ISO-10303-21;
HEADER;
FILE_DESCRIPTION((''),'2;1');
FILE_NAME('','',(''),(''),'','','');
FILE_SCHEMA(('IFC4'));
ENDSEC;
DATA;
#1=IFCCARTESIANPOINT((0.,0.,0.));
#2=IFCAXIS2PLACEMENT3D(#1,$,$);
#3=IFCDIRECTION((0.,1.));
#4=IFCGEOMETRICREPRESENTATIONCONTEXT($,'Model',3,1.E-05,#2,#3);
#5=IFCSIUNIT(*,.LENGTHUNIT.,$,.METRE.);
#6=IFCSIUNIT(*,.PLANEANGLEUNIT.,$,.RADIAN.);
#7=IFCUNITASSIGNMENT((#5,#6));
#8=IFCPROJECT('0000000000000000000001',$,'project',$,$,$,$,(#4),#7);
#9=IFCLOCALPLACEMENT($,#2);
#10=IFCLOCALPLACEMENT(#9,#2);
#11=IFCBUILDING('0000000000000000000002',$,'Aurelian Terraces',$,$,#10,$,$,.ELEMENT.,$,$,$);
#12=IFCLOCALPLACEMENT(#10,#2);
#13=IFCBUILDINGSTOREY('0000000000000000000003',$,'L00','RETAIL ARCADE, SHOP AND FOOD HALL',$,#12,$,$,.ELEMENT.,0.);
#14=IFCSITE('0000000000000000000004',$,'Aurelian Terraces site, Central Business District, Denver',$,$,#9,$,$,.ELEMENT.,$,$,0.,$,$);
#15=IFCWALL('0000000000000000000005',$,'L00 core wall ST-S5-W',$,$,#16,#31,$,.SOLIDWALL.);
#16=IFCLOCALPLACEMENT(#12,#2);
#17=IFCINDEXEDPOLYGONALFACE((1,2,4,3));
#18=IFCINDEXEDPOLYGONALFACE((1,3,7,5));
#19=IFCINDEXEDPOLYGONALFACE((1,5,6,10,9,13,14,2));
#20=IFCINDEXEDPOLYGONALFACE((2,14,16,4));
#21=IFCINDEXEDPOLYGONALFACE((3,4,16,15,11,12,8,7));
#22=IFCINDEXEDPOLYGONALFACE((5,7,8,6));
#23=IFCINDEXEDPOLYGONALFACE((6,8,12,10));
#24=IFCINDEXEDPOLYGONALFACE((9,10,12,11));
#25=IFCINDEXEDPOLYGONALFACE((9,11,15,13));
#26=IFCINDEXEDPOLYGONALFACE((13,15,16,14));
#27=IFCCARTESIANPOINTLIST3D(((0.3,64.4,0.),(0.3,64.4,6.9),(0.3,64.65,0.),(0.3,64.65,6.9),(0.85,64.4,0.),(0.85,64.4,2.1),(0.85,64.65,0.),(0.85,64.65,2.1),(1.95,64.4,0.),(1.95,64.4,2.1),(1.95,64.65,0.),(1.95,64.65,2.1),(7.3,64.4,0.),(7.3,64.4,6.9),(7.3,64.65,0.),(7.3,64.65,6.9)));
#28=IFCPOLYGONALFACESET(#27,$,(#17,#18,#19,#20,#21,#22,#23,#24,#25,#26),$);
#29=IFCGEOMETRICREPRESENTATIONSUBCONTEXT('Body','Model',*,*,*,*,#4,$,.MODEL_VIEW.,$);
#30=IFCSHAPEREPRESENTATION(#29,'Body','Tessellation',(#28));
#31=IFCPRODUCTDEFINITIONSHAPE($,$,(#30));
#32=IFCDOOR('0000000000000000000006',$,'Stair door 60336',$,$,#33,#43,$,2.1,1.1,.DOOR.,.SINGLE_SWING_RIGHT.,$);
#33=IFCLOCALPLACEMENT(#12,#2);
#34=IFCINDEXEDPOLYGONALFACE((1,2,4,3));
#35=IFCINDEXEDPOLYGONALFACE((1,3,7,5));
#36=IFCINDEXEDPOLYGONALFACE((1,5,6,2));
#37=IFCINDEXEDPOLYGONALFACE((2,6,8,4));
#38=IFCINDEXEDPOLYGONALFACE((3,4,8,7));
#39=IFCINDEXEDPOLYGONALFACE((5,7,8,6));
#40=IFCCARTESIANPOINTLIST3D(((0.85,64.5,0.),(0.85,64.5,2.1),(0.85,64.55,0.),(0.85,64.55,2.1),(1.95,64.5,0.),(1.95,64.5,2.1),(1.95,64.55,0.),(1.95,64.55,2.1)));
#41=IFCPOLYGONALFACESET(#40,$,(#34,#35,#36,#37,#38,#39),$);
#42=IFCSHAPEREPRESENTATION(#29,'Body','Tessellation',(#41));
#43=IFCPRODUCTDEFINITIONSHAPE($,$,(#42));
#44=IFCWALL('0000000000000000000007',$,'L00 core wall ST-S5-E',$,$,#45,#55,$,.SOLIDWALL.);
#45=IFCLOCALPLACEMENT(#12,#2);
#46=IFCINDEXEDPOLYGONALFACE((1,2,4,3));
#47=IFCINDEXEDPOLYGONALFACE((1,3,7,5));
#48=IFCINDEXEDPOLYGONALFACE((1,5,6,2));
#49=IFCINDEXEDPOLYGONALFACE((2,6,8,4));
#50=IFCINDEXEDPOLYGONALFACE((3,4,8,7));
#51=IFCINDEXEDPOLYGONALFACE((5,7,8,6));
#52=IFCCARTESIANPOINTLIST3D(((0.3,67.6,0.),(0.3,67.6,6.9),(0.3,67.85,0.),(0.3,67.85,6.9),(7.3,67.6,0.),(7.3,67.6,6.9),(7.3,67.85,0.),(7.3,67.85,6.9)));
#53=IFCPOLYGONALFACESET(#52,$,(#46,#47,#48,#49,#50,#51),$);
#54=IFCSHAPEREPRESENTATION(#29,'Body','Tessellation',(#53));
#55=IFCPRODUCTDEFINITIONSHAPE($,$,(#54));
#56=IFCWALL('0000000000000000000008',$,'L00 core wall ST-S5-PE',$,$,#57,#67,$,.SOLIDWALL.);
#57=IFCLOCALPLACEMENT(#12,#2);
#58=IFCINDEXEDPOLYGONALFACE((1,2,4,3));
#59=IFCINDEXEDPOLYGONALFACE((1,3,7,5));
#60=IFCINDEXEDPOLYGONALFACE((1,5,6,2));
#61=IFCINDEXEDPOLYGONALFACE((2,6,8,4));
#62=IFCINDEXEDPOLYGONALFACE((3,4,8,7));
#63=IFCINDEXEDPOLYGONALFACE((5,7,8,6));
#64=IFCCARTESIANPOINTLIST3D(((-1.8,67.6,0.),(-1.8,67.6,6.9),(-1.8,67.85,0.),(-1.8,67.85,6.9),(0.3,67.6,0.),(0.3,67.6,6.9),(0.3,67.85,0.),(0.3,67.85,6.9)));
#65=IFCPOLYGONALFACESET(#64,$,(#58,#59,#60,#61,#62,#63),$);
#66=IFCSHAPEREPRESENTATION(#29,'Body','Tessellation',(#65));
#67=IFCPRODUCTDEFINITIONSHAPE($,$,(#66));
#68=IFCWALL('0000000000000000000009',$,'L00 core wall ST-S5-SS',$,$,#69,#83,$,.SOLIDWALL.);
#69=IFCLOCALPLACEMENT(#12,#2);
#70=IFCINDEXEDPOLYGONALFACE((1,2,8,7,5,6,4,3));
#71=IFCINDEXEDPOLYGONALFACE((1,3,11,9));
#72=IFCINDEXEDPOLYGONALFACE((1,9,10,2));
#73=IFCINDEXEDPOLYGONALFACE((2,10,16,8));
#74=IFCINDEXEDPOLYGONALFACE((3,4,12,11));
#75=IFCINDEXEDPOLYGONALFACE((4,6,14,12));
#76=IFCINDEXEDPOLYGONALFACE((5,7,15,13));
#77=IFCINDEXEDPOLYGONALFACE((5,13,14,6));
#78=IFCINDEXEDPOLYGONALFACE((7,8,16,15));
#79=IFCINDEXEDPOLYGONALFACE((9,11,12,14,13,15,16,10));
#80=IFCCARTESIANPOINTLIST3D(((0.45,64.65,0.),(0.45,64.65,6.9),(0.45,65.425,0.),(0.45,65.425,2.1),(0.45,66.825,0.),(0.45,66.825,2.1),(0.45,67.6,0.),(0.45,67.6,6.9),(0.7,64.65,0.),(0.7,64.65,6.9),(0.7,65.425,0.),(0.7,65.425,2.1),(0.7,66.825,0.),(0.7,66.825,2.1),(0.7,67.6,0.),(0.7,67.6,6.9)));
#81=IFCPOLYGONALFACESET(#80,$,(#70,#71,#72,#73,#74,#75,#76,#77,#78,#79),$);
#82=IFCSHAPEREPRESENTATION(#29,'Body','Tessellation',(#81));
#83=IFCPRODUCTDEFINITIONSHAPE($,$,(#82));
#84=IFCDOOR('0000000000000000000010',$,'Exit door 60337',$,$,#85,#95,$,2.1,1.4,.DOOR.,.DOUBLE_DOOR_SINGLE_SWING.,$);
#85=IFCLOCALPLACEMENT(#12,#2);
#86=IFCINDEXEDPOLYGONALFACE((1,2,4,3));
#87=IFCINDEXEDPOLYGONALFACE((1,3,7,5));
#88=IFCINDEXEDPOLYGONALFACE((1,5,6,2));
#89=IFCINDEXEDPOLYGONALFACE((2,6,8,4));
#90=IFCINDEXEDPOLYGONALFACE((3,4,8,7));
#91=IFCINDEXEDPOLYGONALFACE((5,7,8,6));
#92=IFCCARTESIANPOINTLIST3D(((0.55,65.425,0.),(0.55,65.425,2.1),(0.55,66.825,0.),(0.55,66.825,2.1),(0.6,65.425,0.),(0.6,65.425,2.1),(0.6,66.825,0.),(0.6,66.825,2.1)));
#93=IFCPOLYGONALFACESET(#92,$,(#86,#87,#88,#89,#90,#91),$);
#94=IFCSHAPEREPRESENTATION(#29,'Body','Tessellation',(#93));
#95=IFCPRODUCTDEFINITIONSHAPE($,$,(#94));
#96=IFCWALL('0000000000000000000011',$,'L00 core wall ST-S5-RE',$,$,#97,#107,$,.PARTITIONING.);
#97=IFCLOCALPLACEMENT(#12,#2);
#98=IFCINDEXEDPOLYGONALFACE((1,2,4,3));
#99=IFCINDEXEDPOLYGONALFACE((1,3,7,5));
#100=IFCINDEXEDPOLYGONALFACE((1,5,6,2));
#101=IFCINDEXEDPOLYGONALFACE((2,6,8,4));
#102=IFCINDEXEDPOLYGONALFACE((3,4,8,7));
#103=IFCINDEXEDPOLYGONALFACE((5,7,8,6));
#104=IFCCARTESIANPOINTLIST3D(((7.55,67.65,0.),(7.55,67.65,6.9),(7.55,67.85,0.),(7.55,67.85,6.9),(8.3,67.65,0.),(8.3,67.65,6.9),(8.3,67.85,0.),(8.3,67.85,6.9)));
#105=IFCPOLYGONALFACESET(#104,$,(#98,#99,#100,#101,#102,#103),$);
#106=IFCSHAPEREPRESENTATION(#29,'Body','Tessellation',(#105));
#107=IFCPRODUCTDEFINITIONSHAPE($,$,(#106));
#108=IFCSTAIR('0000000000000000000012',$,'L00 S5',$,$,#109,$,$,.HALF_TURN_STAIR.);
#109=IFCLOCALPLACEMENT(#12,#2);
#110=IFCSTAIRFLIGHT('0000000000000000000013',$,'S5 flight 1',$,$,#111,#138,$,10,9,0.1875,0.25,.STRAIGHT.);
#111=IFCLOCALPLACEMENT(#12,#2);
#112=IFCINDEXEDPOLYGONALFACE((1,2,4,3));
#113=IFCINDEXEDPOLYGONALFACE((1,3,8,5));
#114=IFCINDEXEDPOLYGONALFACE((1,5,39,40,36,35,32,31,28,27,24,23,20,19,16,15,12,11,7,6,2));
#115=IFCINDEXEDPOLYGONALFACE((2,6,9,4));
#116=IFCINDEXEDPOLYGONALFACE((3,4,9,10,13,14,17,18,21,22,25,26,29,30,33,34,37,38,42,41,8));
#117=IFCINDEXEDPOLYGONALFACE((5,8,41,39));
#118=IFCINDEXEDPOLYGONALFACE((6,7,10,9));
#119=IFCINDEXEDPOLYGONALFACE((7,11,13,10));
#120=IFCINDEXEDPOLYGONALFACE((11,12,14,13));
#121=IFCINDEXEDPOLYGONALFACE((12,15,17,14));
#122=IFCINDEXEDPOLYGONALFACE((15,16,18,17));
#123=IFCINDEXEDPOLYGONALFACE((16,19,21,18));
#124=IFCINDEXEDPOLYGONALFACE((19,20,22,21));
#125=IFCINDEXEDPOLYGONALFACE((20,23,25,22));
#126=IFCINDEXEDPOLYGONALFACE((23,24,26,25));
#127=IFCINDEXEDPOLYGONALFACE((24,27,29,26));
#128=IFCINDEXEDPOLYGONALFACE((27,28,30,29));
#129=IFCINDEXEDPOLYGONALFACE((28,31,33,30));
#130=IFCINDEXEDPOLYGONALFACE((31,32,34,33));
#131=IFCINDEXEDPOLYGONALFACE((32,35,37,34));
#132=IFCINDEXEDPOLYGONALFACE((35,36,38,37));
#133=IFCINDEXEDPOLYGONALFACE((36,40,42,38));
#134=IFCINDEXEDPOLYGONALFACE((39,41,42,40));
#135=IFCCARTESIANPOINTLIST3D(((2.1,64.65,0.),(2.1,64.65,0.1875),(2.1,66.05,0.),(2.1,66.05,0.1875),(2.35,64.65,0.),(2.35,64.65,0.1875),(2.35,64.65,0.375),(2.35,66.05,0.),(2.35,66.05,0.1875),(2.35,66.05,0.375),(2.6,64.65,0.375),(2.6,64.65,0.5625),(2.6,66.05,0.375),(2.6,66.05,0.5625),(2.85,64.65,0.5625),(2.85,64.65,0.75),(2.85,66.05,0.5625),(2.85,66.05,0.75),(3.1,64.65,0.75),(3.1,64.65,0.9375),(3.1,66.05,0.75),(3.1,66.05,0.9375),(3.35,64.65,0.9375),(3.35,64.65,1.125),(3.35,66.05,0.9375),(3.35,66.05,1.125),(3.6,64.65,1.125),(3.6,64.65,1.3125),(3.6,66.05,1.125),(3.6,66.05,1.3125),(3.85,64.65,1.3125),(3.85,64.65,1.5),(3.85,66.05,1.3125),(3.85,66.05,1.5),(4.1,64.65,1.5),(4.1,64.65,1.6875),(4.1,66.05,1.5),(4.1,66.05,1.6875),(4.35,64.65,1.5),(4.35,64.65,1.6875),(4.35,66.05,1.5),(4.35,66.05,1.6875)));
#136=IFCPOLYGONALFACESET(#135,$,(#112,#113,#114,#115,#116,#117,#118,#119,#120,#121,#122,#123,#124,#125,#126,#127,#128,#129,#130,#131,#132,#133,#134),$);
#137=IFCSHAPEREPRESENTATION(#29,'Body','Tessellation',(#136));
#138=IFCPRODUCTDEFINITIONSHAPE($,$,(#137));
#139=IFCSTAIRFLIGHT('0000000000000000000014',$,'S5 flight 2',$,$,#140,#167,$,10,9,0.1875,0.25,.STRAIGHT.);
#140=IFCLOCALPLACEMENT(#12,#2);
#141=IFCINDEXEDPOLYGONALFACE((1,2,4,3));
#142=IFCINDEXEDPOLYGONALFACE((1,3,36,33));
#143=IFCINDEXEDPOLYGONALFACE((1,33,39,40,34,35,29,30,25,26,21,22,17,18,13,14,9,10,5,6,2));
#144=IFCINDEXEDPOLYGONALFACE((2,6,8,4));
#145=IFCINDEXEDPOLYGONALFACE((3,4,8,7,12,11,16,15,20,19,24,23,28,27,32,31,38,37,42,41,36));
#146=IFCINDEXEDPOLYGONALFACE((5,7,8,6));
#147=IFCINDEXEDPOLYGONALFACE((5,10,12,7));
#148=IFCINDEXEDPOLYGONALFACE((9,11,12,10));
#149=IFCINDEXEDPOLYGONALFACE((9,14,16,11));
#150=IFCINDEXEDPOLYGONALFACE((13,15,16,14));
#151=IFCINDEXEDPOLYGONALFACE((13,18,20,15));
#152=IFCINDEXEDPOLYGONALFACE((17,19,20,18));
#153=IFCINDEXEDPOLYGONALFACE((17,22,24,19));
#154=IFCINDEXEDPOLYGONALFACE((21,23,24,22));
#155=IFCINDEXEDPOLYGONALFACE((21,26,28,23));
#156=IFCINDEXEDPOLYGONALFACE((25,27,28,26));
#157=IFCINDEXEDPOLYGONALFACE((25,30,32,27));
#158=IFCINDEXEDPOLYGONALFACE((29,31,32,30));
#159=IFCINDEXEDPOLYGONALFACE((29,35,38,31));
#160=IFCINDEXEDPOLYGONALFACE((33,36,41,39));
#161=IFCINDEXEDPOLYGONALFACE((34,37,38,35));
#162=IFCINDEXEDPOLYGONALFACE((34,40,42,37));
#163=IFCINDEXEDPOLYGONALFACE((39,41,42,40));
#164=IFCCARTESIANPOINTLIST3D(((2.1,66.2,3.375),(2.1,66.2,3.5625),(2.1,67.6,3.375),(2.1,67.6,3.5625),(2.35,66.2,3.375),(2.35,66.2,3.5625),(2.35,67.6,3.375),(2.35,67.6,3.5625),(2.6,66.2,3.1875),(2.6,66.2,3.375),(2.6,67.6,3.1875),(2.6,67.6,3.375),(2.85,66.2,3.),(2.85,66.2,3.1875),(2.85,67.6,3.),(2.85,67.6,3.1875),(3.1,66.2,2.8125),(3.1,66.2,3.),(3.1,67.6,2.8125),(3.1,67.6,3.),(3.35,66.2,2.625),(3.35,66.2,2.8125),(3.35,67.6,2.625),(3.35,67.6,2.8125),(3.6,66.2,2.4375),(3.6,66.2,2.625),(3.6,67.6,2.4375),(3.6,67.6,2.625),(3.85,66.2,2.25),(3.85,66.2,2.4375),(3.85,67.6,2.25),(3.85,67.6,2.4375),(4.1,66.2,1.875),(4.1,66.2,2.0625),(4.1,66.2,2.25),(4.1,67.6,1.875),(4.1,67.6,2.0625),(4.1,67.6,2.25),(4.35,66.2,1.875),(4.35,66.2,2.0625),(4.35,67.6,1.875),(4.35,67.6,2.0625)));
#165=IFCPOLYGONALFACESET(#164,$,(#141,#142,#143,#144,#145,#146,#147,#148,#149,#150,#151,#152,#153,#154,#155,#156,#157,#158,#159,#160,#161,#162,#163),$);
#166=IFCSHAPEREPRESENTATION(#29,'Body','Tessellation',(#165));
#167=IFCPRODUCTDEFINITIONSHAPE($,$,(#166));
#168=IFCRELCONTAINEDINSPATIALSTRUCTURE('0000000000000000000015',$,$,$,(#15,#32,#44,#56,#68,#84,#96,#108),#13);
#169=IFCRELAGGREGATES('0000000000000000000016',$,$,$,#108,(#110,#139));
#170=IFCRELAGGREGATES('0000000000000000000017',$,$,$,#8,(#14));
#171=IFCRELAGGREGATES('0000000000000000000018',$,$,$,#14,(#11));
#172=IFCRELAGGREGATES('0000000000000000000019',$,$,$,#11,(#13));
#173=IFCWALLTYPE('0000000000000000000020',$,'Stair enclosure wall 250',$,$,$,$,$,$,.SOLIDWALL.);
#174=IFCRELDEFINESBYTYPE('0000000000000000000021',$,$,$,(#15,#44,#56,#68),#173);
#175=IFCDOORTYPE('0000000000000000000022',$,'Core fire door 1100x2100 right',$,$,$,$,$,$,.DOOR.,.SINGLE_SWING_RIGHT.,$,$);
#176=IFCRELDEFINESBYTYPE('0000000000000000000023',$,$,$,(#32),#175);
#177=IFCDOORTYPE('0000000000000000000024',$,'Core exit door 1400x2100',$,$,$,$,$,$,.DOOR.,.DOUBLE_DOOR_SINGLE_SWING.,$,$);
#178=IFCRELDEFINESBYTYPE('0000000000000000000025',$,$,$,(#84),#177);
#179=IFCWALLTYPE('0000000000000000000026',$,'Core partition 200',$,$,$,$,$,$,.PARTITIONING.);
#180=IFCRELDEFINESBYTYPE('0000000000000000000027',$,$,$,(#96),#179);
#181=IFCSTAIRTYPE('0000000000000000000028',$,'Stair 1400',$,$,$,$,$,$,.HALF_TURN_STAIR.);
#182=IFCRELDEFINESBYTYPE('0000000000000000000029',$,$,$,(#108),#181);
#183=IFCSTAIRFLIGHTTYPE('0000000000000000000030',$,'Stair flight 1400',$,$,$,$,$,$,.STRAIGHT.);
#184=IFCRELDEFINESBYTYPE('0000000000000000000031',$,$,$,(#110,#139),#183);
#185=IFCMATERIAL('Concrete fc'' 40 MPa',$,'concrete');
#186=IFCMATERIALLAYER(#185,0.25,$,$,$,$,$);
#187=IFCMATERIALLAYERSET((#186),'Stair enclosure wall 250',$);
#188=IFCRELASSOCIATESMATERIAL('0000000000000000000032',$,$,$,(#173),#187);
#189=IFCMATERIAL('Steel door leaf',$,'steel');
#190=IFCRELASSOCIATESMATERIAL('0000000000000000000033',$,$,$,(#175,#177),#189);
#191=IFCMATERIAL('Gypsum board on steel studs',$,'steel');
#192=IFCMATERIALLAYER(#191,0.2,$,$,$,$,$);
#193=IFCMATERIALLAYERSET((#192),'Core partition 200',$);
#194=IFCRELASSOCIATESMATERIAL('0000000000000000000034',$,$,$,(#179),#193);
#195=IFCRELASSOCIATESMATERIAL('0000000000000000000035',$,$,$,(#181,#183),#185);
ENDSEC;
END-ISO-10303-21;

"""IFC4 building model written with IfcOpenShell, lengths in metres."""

from ifc_helpers import new_model, si_unit, direction, frame, frame_2d, origin, place, context, subcontext, project, spatial, polyline, rectangle, outline, extrude, source, transform, mapped, material, layer, layer_set, type_object, element, fill, aggregate, save


model = new_model("IFC4")

# Units and contexts
model_context = context("Model", 3, precision=1e-05, world=origin(), true_north=direction((0.0, 1.0)))
body_context = subcontext(model_context, "Body", "Model", "MODEL_VIEW")
ifc_project = project(units=[si_unit("LENGTHUNIT", "METRE"), si_unit("PLANEANGLEUNIT", "RADIAN")], contexts=[model_context])

# Site, building, storey
site_placement = place(None, origin())
site = spatial("IfcSite", under=ifc_project, at=site_placement, Name="Aurelian Terraces site, Central Business District, Denver", CompositionType="ELEMENT", RefElevation=0.0)
building_placement = place(site_placement, origin())
building = spatial("IfcBuilding", under=site, at=building_placement, Name="Aurelian Terraces", CompositionType="ELEMENT")
storey_placement = place(building_placement, origin())
storey = spatial("IfcBuildingStorey", under=building, at=storey_placement, Name="L00", Description="RETAIL ARCADE, SHOP AND FOOD HALL", CompositionType="ELEMENT", Elevation=0.0)

# Wall, opening, door
ifc_material_1 = material(Name="Concrete fc' 40 MPa", Category="concrete")
ifc_layer_1 = layer(ifc_material_1, 0.25)
ifc_layer_set_1 = layer_set([ifc_layer_1], Name="Stair enclosure wall 250")
wall_type_1 = type_object("IfcWallType", Name="Stair enclosure wall 250", PredefinedType="SOLIDWALL", material=ifc_layer_set_1)
shared_shape_1 = source(origin(), body_context, "Body", "SweptSolid", [
    extrude(rectangle(XDim=7.0, YDim=0.25, at=frame_2d((3.5, 0.0))), origin(), (0.0, 0.0, 1.0), 6.9),
])
wall_1_placement = place(storey_placement, frame((0.3, 64.525, 0.0), z_axis=(0.0, 0.0, 1.0), x_axis=(1.0, 0.0, 0.0)))
wall_1 = element("IfcWall", 1, at=wall_1_placement, inside=storey, type_object=wall_type_1, Name="L00 core wall ST-S5-W", PredefinedType="SOLIDWALL", context=body_context, shape_type="MappedRepresentation", body=[
    mapped(shared_shape_1, transform((0.0, 0.0, 0.0), scale=1.0)),
])
shared_shape_2 = source(origin(), body_context, "Body", "SweptSolid", [
    extrude(rectangle(XDim=1.1, YDim=2.1, at=frame_2d((0.55, 1.05))), frame((0.0, 0.135, 0.0), z_axis=(0.0, -1.0, 0.0), x_axis=(1.0, 0.0, 0.0)), (0.0, 0.0, 1.0), 0.27),
])
opening_1_placement = place(wall_1_placement, frame((0.55, 0.0, 0.0)))
opening_1 = element("IfcOpeningElement", 2, at=opening_1_placement, cuts=wall_1, PredefinedType="OPENING", context=body_context, shape_type="MappedRepresentation", body=[
    mapped(shared_shape_2, transform((0.0, 0.0, 0.0), scale=1.0)),
])
ifc_material_2 = material(Name="Steel door leaf", Category="steel")
door_type_1 = type_object("IfcDoorType", Name="Core fire door 1100x2100 right", OperationType="SINGLE_SWING_RIGHT", PredefinedType="DOOR", material=ifc_material_2)
shared_shape_3 = source(origin(), body_context, "Body", "SweptSolid", [
    extrude(rectangle(XDim=1.1, YDim=2.1, at=frame_2d((0.55, 1.05))), frame((0.0, 0.025, 0.0), z_axis=(0.0, -1.0, 0.0), x_axis=(1.0, 0.0, 0.0)), (0.0, 0.0, 1.0), 0.05),
])
door_1_placement = place(opening_1_placement, origin())
door_1 = element("IfcDoor", 3, at=door_1_placement, inside=storey, type_object=door_type_1, Name="Stair door 60336", OperationType="SINGLE_SWING_RIGHT", OverallHeight=2.1, OverallWidth=1.1, PredefinedType="DOOR", context=body_context, shape_type="MappedRepresentation", body=[
    mapped(shared_shape_3, transform((0.0, 0.0, 0.0), scale=1.0)),
])
fill(opening_1, door_1)

# Walls
wall_2_placement = place(storey_placement, frame((0.3, 67.725, 0.0), z_axis=(0.0, 0.0, 1.0), x_axis=(1.0, 0.0, 0.0)))
element("IfcWall", 4, at=wall_2_placement, inside=storey, type_object=wall_type_1, Name="L00 core wall ST-S5-E", PredefinedType="SOLIDWALL", context=body_context, shape_type="MappedRepresentation", body=[
    mapped(shared_shape_1, transform((0.0, 0.0, 0.0), scale=1.0)),
])
shared_shape_4 = source(origin(), body_context, "Body", "SweptSolid", [
    extrude(rectangle(XDim=2.1, YDim=0.25, at=frame_2d((1.05, 0.0))), origin(), (0.0, 0.0, 1.0), 6.9),
])
wall_3_placement = place(storey_placement, frame((-1.8, 67.725, 0.0), z_axis=(0.0, 0.0, 1.0), x_axis=(1.0, 0.0, 0.0)))
element("IfcWall", 5, at=wall_3_placement, inside=storey, type_object=wall_type_1, Name="L00 core wall ST-S5-PE", PredefinedType="SOLIDWALL", context=body_context, shape_type="MappedRepresentation", body=[
    mapped(shared_shape_4, transform((0.0, 0.0, 0.0), scale=1.0)),
])

# Wall, opening, door
shared_shape_5 = source(origin(), body_context, "Body", "SweptSolid", [
    extrude(rectangle(XDim=2.95, YDim=0.25, at=frame_2d((1.475, 0.0))), origin(), (0.0, 0.0, 1.0), 6.9),
])
wall_4_placement = place(storey_placement, frame((0.575, 67.6, 0.0), z_axis=(0.0, 0.0, 1.0), x_axis=(0.0, -1.0, 0.0)))
wall_4 = element("IfcWall", 6, at=wall_4_placement, inside=storey, type_object=wall_type_1, Name="L00 core wall ST-S5-SS", PredefinedType="SOLIDWALL", context=body_context, shape_type="MappedRepresentation", body=[
    mapped(shared_shape_5, transform((0.0, 0.0, 0.0), scale=1.0)),
])
shared_shape_6 = source(origin(), body_context, "Body", "SweptSolid", [
    extrude(rectangle(XDim=1.4, YDim=2.1, at=frame_2d((0.7, 1.05))), frame((0.0, 0.135, 0.0), z_axis=(0.0, -1.0, 0.0), x_axis=(1.0, 0.0, 0.0)), (0.0, 0.0, 1.0), 0.27),
])
opening_2_placement = place(wall_4_placement, frame((0.775, 0.0, 0.0)))
opening_2 = element("IfcOpeningElement", 7, at=opening_2_placement, cuts=wall_4, PredefinedType="OPENING", context=body_context, shape_type="MappedRepresentation", body=[
    mapped(shared_shape_6, transform((0.0, 0.0, 0.0), scale=1.0)),
])
door_type_2 = type_object("IfcDoorType", Name="Core exit door 1400x2100", OperationType="DOUBLE_DOOR_SINGLE_SWING", PredefinedType="DOOR", material=ifc_material_2)
shared_shape_7 = source(origin(), body_context, "Body", "SweptSolid", [
    extrude(rectangle(XDim=1.4, YDim=2.1, at=frame_2d((0.7, 1.05))), frame((0.0, 0.025, 0.0), z_axis=(0.0, -1.0, 0.0), x_axis=(1.0, 0.0, 0.0)), (0.0, 0.0, 1.0), 0.05),
])
door_2_placement = place(opening_2_placement, origin())
door_2 = element("IfcDoor", 8, at=door_2_placement, inside=storey, type_object=door_type_2, Name="Exit door 60337", OperationType="DOUBLE_DOOR_SINGLE_SWING", OverallHeight=2.1, OverallWidth=1.4, PredefinedType="DOOR", context=body_context, shape_type="MappedRepresentation", body=[
    mapped(shared_shape_7, transform((0.0, 0.0, 0.0), scale=1.0)),
])
fill(opening_2, door_2)

# Wall
ifc_material_3 = material(Name="Gypsum board on steel studs", Category="steel")
ifc_layer_2 = layer(ifc_material_3, 0.2)
ifc_layer_set_2 = layer_set([ifc_layer_2], Name="Core partition 200")
wall_type_2 = type_object("IfcWallType", Name="Core partition 200", PredefinedType="PARTITIONING", material=ifc_layer_set_2)
shared_shape_8 = source(origin(), body_context, "Body", "SweptSolid", [
    extrude(rectangle(XDim=0.75, YDim=0.2, at=frame_2d((0.375, 0.0))), origin(), (0.0, 0.0, 1.0), 6.9),
])
wall_5_placement = place(storey_placement, frame((7.55, 67.75, 0.0), z_axis=(0.0, 0.0, 1.0), x_axis=(1.0, 0.0, 0.0)))
element("IfcWall", 9, at=wall_5_placement, inside=storey, type_object=wall_type_2, Name="L00 core wall ST-S5-RE", PredefinedType="PARTITIONING", context=body_context, shape_type="MappedRepresentation", body=[
    mapped(shared_shape_8, transform((0.0, 0.0, 0.0), scale=1.0)),
])

# Stair, stair flights
stair_type = type_object("IfcStairType", Name="Stair 1400", PredefinedType="HALF_TURN_STAIR", material=ifc_material_1)
stair_placement = place(storey_placement, origin())
stair = element("IfcStair", 10, at=stair_placement, inside=storey, type_object=stair_type, Name="L00 S5", PredefinedType="HALF_TURN_STAIR")
stair_flight_type = type_object("IfcStairFlightType", Name="Stair flight 1400", PredefinedType="STRAIGHT", material=ifc_material_1)
shared_shape_9 = source(origin(), body_context, "Body", "SweptSolid", [
    extrude(outline(polyline([(0.0, 0.0), (0.0, 0.1875), (0.25, 0.1875), (0.25, 0.375), (0.5, 0.375), (0.5, 0.5625), (0.75, 0.5625), (0.75, 0.75), (1.0, 0.75), (1.0, 0.9375), (1.25, 0.9375), (1.25, 1.125), (1.5, 1.125), (1.5, 1.3125), (1.75, 1.3125), (1.75, 1.5), (2.0, 1.5), (2.0, 1.6875), (2.25, 1.6875), (2.25, 1.875), (2.25, 1.5), (0.25, 0.0), (0.0, 0.0)])), frame((0.0, 0.7, 0.0), z_axis=(0.0, -1.0, 0.0), x_axis=(1.0, 0.0, 0.0)), (0.0, 0.0, 1.0), 1.4),
])
stair_flight_1_placement = place(storey_placement, frame((2.1, 65.35, 0.0), z_axis=(0.0, 0.0, 1.0), x_axis=(1.0, 0.0, 0.0)))
stair_flight_1 = element("IfcStairFlight", 11, at=stair_flight_1_placement, type_object=stair_flight_type, Name="S5 flight 1", NumberOfRisers=10, NumberOfTreads=9, PredefinedType="STRAIGHT", RiserHeight=0.1875, TreadLength=0.25, context=body_context, shape_type="MappedRepresentation", body=[
    mapped(shared_shape_9, transform((0.0, 0.0, 0.0), scale=1.0)),
])
stair_flight_2_placement = place(storey_placement, frame((4.35, 66.9, 1.875), z_axis=(0.0, 0.0, 1.0), x_axis=(-1.0, 0.0, 0.0)))
stair_flight_2 = element("IfcStairFlight", 12, at=stair_flight_2_placement, type_object=stair_flight_type, Name="S5 flight 2", NumberOfRisers=10, NumberOfTreads=9, PredefinedType="STRAIGHT", RiserHeight=0.1875, TreadLength=0.25, context=body_context, shape_type="MappedRepresentation", body=[
    mapped(shared_shape_9, transform((0.0, 0.0, 0.0), scale=1.0)),
])
aggregate(stair, [stair_flight_1, stair_flight_2])

save(model, "model.ifc")
